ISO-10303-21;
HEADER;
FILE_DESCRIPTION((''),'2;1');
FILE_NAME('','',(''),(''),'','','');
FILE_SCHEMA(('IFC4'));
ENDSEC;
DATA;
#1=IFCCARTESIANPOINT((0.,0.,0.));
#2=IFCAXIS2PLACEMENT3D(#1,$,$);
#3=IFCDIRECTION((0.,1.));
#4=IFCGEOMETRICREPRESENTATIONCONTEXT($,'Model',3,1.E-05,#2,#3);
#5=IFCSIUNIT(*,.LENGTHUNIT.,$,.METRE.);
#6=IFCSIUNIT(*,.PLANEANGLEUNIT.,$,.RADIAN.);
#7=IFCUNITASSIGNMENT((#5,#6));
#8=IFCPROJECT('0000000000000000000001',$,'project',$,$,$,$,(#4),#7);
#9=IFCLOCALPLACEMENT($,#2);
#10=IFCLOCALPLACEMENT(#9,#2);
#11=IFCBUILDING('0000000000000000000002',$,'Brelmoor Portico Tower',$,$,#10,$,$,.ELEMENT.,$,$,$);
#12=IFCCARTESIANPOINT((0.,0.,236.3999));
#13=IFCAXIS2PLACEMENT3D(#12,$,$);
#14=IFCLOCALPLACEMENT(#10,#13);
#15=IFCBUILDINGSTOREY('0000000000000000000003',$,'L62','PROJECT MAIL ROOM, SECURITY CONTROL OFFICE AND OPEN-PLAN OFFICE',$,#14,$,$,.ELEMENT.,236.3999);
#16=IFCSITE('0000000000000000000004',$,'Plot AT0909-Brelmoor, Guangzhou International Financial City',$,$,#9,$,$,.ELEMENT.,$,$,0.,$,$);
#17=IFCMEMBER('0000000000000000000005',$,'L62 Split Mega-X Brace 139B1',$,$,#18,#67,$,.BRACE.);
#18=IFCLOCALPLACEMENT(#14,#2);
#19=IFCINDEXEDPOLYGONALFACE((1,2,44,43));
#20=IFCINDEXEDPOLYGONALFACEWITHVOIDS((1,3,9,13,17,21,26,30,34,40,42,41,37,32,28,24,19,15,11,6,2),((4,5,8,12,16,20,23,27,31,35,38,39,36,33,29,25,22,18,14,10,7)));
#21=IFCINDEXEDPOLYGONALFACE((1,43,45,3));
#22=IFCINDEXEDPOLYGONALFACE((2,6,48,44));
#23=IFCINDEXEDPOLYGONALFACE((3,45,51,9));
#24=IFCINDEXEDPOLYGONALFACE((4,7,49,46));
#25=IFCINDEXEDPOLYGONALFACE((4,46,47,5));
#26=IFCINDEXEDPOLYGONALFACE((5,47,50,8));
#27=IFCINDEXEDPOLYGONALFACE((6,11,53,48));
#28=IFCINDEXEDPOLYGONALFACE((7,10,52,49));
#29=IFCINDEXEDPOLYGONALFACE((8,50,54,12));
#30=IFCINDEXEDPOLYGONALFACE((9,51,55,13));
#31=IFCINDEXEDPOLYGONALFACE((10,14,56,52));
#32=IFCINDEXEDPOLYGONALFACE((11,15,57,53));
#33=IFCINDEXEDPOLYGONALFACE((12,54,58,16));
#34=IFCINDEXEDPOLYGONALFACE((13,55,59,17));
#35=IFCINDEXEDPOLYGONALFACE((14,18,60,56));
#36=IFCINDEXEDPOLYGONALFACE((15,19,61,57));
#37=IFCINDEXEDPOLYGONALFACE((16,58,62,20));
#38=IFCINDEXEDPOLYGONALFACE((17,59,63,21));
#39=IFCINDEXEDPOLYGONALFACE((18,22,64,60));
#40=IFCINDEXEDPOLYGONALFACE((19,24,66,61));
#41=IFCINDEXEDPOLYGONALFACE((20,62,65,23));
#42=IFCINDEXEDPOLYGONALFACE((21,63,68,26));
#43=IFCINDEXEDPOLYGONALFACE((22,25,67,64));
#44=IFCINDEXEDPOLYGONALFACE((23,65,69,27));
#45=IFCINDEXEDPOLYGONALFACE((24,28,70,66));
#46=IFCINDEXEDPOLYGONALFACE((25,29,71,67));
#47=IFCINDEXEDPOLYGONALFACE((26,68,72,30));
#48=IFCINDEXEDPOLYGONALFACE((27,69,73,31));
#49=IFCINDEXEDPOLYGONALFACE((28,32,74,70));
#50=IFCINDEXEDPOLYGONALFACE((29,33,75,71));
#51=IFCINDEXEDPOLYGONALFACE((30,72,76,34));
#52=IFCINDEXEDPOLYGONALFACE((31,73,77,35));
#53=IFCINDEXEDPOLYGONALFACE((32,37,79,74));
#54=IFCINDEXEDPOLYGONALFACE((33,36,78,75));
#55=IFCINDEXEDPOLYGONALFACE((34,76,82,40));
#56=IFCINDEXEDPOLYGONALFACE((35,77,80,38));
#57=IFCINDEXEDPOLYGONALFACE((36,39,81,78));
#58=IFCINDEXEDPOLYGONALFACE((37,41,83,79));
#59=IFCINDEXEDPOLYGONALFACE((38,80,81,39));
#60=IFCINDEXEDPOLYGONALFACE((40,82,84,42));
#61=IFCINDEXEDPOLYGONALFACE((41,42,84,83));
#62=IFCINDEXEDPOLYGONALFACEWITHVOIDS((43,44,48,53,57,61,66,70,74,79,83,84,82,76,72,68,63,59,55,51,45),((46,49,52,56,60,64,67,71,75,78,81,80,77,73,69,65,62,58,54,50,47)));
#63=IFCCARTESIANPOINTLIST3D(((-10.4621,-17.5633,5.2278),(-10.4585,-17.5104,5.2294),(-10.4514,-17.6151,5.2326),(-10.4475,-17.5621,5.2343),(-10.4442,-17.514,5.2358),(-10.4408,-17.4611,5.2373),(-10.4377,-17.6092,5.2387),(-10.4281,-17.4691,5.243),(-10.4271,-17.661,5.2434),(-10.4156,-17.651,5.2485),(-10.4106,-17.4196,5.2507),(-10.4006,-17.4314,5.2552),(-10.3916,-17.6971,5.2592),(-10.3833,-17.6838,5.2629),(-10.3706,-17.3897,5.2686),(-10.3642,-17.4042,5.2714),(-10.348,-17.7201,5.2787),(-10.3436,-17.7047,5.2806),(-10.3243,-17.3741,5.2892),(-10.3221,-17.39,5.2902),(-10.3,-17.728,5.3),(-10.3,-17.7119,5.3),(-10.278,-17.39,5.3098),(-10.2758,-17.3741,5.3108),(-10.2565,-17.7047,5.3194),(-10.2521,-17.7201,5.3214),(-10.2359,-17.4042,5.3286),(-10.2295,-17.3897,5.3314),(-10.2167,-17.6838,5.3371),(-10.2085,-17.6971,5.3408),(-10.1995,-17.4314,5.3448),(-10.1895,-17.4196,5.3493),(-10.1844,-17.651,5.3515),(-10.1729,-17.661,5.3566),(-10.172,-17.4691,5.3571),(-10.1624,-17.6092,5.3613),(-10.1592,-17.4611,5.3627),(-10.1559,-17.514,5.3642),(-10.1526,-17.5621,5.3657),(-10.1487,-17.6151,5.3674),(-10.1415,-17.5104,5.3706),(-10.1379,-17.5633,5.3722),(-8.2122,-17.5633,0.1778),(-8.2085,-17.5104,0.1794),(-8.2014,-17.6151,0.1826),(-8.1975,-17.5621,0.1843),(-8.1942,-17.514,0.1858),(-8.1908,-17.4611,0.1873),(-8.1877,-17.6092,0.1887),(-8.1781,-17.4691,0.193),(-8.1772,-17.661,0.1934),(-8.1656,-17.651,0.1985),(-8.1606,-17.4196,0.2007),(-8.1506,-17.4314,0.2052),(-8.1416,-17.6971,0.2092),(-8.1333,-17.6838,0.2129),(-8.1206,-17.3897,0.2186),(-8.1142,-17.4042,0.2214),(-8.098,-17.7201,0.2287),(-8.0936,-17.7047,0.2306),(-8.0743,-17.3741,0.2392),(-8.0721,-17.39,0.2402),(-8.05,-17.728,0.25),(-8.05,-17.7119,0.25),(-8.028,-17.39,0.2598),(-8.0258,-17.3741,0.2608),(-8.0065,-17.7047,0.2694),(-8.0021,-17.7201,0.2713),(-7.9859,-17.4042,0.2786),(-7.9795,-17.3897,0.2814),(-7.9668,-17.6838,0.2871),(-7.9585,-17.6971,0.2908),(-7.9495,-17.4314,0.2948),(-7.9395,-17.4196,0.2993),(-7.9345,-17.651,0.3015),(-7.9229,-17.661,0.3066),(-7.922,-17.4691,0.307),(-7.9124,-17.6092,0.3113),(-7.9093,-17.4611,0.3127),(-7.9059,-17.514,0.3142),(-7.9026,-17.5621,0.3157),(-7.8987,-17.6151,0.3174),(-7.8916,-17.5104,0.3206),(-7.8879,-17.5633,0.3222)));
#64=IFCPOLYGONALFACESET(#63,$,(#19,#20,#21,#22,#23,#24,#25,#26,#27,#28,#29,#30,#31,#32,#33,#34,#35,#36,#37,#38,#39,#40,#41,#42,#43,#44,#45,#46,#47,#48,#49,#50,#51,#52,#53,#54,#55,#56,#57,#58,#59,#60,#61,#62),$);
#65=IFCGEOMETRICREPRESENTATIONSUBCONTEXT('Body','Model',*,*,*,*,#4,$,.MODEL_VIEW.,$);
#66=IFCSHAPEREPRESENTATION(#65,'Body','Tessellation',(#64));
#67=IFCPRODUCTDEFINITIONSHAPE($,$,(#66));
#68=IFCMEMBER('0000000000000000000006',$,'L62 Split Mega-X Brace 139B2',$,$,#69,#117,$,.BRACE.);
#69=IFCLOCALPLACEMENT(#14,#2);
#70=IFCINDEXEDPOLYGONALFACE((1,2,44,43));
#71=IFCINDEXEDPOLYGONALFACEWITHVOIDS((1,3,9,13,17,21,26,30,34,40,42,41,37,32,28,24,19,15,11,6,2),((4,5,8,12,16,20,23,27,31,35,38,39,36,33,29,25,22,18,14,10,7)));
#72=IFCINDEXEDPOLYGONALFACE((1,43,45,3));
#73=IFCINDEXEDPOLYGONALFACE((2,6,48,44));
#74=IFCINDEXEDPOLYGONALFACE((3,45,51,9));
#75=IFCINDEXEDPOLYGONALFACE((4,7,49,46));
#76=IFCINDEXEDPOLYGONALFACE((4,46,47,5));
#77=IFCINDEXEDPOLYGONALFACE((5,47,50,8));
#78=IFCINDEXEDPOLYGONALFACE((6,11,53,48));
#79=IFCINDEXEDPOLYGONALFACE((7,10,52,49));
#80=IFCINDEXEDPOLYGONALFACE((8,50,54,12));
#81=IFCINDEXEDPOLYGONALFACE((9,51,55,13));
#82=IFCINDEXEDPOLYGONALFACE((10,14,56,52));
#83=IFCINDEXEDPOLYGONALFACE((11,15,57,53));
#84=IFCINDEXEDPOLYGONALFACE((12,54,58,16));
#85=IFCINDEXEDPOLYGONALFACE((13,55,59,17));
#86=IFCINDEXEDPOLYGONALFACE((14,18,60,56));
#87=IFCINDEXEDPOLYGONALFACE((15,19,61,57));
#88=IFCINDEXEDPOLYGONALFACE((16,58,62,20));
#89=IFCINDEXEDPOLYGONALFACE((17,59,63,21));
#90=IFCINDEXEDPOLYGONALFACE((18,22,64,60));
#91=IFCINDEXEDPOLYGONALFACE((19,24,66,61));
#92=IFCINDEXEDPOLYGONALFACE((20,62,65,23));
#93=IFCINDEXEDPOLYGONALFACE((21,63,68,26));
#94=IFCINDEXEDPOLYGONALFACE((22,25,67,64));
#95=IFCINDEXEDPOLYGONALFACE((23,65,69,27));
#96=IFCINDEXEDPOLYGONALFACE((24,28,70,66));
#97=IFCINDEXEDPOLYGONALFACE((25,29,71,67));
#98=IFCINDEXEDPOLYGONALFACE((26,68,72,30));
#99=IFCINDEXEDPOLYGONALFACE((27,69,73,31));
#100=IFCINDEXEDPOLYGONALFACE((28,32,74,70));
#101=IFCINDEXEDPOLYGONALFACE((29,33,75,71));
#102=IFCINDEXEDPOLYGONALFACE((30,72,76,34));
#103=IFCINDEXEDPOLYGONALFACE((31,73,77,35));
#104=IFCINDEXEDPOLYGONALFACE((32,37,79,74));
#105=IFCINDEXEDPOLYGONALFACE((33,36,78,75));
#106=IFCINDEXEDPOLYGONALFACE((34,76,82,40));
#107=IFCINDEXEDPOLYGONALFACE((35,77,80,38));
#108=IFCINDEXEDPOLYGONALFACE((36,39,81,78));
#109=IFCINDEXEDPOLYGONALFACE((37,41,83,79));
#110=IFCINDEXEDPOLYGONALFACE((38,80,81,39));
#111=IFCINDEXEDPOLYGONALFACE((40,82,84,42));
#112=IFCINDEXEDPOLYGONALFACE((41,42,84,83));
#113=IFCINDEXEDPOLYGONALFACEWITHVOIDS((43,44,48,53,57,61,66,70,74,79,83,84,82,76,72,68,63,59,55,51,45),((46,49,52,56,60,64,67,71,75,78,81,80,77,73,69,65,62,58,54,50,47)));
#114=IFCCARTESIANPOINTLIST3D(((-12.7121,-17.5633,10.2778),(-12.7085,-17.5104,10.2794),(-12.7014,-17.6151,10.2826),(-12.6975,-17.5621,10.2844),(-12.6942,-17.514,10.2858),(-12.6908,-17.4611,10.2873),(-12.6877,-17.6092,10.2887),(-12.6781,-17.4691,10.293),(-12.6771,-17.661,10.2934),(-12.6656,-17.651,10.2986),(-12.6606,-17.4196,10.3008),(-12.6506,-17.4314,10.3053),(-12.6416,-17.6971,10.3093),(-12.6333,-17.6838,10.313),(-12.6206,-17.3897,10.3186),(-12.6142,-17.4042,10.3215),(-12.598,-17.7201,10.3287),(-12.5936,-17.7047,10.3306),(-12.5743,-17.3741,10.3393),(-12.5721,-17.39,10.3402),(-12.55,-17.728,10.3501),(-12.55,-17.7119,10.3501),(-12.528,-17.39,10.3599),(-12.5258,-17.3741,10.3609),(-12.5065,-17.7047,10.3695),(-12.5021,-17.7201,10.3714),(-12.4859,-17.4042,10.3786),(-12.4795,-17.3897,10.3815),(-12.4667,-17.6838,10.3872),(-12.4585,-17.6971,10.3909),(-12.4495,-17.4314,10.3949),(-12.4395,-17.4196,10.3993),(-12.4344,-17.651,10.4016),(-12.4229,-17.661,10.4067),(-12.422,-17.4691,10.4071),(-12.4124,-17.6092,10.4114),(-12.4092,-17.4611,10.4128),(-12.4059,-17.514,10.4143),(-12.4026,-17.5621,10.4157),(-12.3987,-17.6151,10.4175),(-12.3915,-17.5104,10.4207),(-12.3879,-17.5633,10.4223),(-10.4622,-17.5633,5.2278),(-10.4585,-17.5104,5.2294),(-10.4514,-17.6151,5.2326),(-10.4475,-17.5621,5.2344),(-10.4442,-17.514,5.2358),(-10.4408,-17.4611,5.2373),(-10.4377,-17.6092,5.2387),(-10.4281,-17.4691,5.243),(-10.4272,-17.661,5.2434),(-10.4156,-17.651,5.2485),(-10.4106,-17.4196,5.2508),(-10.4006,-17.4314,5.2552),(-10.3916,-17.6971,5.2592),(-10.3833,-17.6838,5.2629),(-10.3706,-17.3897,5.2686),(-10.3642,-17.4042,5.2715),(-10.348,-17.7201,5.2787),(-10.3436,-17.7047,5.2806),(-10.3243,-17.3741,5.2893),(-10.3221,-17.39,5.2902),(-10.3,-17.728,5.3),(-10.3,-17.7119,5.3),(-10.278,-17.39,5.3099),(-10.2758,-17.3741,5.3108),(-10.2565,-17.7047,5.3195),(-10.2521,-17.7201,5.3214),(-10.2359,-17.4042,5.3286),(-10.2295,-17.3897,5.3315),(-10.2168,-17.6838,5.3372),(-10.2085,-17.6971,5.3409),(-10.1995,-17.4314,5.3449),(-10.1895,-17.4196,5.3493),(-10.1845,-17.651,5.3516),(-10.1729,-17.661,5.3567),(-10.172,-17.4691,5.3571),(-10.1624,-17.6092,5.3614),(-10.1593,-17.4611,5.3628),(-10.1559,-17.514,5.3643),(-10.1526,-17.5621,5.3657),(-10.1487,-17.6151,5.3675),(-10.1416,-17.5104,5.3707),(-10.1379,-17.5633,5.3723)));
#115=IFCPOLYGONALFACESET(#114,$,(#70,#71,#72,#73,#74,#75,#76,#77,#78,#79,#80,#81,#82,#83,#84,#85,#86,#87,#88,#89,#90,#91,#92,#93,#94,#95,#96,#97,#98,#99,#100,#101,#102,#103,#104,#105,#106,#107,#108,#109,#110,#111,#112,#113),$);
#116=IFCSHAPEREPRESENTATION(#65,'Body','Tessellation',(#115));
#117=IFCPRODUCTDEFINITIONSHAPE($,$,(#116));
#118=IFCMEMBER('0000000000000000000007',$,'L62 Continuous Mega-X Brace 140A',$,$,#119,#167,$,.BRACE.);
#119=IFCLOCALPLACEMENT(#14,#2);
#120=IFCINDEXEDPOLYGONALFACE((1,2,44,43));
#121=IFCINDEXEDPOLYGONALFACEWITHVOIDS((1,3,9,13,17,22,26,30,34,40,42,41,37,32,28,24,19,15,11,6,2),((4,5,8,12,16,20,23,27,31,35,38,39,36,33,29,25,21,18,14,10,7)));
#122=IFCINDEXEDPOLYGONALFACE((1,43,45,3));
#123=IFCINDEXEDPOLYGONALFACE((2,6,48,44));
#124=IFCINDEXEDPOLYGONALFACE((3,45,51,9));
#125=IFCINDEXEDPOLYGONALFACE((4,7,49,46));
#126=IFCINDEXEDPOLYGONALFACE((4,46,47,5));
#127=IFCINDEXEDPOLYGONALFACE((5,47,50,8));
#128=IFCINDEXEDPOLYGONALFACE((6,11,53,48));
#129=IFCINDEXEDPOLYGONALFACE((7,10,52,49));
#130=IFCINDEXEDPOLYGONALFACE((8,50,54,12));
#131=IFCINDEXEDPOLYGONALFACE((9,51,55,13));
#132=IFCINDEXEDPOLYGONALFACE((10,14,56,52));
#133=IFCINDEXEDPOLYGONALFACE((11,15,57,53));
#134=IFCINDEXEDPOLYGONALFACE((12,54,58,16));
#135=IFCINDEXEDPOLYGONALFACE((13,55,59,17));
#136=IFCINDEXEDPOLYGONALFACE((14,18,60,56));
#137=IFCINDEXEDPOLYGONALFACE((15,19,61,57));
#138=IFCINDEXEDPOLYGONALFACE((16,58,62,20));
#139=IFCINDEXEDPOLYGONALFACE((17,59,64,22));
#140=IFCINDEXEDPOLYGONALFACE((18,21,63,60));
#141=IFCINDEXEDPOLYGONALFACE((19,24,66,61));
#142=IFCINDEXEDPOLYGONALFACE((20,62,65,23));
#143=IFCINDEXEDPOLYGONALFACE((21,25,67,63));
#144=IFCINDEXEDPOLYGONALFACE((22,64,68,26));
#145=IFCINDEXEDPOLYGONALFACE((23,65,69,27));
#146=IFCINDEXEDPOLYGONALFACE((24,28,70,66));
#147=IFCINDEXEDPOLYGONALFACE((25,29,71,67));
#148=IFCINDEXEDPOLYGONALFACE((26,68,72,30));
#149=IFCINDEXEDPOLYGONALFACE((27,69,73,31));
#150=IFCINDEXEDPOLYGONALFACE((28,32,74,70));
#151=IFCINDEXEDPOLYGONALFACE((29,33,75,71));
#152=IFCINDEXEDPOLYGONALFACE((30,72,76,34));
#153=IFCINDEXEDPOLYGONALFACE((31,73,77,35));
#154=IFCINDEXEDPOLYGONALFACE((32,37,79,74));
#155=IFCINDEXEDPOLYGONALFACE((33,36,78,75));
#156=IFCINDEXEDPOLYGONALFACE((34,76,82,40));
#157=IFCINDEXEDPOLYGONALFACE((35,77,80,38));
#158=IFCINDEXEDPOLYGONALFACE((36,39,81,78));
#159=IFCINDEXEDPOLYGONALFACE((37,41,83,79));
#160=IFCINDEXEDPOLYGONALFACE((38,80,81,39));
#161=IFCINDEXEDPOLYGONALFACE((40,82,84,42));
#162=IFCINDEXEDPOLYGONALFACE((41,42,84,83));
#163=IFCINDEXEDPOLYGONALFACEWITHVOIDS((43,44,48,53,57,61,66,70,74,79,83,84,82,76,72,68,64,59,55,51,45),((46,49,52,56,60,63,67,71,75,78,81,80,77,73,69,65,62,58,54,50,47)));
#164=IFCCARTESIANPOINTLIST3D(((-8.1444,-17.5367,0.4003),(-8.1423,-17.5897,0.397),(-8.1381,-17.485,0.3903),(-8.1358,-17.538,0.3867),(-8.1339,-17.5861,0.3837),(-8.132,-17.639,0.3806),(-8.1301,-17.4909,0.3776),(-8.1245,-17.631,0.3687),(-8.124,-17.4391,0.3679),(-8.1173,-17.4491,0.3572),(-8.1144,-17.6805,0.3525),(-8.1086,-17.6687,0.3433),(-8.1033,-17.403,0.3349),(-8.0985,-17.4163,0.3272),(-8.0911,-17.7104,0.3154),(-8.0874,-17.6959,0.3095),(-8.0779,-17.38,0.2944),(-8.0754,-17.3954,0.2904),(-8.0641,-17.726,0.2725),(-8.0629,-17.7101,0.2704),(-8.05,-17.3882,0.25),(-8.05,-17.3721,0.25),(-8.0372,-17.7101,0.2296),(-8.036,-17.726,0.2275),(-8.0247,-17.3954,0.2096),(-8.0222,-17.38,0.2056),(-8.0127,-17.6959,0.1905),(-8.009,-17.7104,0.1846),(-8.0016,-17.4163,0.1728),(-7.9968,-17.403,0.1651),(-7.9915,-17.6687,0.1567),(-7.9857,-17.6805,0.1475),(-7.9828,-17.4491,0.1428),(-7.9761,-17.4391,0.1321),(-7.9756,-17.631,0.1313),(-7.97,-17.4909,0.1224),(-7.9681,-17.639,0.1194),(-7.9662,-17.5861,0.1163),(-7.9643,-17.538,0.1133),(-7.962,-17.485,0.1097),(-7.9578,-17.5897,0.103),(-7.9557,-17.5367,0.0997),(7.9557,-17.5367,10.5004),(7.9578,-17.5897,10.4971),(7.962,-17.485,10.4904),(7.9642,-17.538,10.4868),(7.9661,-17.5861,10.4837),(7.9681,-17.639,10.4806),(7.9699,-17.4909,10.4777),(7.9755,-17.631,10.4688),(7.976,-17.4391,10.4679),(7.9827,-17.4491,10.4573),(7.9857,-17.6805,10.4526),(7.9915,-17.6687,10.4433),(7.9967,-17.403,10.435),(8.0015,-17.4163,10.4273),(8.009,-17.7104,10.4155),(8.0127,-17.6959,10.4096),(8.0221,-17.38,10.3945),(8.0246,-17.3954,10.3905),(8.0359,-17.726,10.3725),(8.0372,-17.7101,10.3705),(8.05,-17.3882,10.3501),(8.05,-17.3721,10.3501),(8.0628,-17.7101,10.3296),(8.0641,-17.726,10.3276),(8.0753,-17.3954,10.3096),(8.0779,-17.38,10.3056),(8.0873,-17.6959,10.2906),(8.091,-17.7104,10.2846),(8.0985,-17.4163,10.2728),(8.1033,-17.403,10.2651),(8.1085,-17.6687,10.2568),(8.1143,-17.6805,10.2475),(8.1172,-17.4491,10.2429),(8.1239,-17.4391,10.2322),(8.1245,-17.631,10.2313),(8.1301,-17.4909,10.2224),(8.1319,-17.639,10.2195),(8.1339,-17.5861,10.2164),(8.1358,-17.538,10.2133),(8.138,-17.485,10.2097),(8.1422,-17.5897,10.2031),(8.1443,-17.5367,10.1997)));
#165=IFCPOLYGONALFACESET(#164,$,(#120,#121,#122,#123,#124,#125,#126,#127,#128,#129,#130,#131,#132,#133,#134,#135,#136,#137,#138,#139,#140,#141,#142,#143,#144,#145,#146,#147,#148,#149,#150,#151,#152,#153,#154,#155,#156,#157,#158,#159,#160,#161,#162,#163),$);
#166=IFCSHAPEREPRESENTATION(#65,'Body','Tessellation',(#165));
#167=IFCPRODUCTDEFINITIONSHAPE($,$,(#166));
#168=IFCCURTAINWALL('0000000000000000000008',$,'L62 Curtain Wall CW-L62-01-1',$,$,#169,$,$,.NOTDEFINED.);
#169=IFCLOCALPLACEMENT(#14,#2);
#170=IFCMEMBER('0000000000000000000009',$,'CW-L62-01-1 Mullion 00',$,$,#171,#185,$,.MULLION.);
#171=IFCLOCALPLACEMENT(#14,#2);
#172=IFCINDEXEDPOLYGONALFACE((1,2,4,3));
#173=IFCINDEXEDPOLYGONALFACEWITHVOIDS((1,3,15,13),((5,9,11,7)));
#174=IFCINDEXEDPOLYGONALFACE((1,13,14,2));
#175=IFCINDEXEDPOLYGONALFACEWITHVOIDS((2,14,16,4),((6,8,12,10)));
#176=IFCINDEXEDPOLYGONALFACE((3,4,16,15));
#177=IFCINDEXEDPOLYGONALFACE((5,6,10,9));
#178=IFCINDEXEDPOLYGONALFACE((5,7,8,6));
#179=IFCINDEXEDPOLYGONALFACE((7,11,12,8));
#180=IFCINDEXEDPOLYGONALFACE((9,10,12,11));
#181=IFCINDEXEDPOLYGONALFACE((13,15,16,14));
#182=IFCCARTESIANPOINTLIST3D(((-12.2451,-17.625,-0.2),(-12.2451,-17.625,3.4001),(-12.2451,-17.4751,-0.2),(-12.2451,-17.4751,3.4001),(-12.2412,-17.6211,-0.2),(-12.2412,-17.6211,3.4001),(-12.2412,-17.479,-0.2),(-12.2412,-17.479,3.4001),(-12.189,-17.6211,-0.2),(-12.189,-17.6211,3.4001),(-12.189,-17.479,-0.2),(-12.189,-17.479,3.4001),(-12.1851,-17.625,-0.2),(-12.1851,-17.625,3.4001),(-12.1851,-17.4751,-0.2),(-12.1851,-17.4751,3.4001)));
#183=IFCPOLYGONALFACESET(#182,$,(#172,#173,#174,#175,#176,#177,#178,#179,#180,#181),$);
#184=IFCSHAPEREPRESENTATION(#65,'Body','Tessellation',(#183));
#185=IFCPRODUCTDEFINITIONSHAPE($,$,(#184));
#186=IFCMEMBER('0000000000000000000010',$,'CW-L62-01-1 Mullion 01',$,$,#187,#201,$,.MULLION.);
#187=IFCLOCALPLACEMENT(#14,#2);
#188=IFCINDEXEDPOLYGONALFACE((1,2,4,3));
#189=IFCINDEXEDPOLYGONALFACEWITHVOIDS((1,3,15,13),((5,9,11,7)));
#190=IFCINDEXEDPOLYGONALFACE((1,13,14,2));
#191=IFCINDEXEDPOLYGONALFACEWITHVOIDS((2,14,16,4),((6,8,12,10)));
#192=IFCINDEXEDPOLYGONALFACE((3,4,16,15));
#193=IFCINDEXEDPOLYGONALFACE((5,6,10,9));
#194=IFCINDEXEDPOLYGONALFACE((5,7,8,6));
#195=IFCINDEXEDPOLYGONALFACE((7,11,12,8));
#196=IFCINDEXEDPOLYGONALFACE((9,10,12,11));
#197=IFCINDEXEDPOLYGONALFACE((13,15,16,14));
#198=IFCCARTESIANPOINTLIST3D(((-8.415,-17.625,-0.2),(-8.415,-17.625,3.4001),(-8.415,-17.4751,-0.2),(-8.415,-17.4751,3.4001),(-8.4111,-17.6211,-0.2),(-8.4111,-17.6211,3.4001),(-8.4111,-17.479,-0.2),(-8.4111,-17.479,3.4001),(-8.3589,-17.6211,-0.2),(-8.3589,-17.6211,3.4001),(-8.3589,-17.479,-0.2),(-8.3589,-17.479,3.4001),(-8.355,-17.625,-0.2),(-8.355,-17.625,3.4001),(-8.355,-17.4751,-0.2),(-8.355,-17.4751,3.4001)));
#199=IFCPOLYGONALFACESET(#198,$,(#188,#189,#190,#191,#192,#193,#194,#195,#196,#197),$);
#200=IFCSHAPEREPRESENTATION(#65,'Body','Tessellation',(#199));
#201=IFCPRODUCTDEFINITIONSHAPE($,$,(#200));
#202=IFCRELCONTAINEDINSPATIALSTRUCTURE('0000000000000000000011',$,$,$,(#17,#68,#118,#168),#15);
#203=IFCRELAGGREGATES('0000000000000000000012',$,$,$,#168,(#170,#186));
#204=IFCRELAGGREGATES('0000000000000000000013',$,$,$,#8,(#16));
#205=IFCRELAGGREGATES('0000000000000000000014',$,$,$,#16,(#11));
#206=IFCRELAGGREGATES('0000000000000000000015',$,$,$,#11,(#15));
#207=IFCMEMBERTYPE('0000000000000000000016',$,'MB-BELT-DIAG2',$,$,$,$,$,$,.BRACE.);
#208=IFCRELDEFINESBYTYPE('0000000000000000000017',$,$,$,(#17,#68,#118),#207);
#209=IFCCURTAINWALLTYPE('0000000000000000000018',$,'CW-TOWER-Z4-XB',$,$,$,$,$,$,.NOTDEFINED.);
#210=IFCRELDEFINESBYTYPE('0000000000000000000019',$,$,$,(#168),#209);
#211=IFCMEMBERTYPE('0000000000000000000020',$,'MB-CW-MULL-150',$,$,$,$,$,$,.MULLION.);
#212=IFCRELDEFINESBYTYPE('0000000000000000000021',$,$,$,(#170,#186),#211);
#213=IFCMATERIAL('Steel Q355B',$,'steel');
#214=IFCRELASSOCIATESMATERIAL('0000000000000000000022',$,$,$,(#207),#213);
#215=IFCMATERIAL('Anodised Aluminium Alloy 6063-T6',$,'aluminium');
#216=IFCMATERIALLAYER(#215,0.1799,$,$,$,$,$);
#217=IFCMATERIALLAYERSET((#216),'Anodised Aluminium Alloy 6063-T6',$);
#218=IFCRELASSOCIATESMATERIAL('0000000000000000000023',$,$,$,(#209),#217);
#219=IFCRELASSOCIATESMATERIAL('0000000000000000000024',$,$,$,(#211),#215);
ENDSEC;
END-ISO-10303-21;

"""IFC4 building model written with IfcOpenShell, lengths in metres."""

from ifc_helpers import new_model, si_unit, direction, frame, origin, origin_2d, place, context, subcontext, project, spatial, hollow_rectangle, hollow_circle, extrude, material, layer, layer_set, material_profile, profile_set, type_object, element, aggregate, save


model = new_model("IFC4")

# Units and contexts
model_context = context("Model", 3, precision=1e-05, world=origin(), true_north=direction((0.0, 1.0)))
body_context = subcontext(model_context, "Body", "Model", "MODEL_VIEW")
ifc_project = project(units=[si_unit("LENGTHUNIT", "METRE"), si_unit("PLANEANGLEUNIT", "RADIAN")], contexts=[model_context])

# Site, building, storey
site_placement = place(None, origin())
site = spatial("IfcSite", under=ifc_project, at=site_placement, Name="Plot AT0909-Brelmoor, Guangzhou International Financial City", CompositionType="ELEMENT", RefElevation=0.0)
building_placement = place(site_placement, origin())
building = spatial("IfcBuilding", under=site, at=building_placement, Name="Brelmoor Portico Tower", CompositionType="ELEMENT")
storey_placement = place(building_placement, frame((0.0, 0.0, 236.3999)))
storey = spatial("IfcBuildingStorey", under=building, at=storey_placement, Name="L62", Description="PROJECT MAIL ROOM, SECURITY CONTROL OFFICE AND OPEN-PLAN OFFICE", CompositionType="ELEMENT", Elevation=236.3999)

# Shared definitions
ifc_material_1 = material(Name="Steel Q355B", Category="steel")

# Members
ifc_material_profile_1 = material_profile(ifc_material_1, hollow_circle(Radius=0.178, WallThickness=0.0161, at=origin_2d()), Name="CHS 356x16")
ifc_profile_set_1 = profile_set([ifc_material_profile_1], Name="Steel Q355B")
member_type_1 = type_object("IfcMemberType", Name="MB-BELT-DIAG2", PredefinedType="BRACE", material=ifc_profile_set_1)
for number, where, z_axis, x_axis, name in (
    (1, (-8.05, -17.55, 0.25), (-0.406974, 0.0, 0.91344), (0.0, -1.0, 0.0), "L62 Split Mega-X Brace 139B1"),
    (2, (-10.3, -17.55, 5.3), (-0.406974, 0.0, 0.91344), (0.0, -1.0, 0.0), "L62 Split Mega-X Brace 139B2"),
):
    element("IfcMember", number, at=place(storey_placement, frame(where, z_axis=z_axis, x_axis=x_axis)), inside=storey, type_object=member_type_1, Name=name, PredefinedType="BRACE", context=body_context, shape_type="SweptSolid", body=[
        extrude(hollow_circle(Radius=0.178, WallThickness=0.0161, at=origin_2d()), origin(), (0.0, 0.0, 1.0), 5.5286),
    ])
member_1_placement = place(storey_placement, frame((-8.05, -17.55, 0.25), z_axis=(0.847109, 0.0, 0.531418), x_axis=(0.0, 1.0, 0.0)))
element("IfcMember", 3, at=member_1_placement, inside=storey, type_object=member_type_1, Name="L62 Continuous Mega-X Brace 140A", PredefinedType="BRACE", context=body_context, shape_type="SweptSolid", body=[
    extrude(hollow_circle(Radius=0.178, WallThickness=0.0161, at=origin_2d()), origin(), (0.0, 0.0, 1.0), 19.0059),
])

# Curtain wall, members
ifc_material_2 = material(Name="Anodised Aluminium Alloy 6063-T6", Category="aluminium")
ifc_layer_1 = layer(ifc_material_2, 0.1799)
ifc_layer_set_1 = layer_set([ifc_layer_1], Name="Anodised Aluminium Alloy 6063-T6")
curtain_wall_type_1 = type_object("IfcCurtainWallType", Name="CW-TOWER-Z4-XB", PredefinedType="NOTDEFINED", material=ifc_layer_set_1)
curtain_wall_1_placement = place(storey_placement, origin())
curtain_wall_1 = element("IfcCurtainWall", 4, at=curtain_wall_1_placement, inside=storey, type_object=curtain_wall_type_1, Name="L62 Curtain Wall CW-L62-01-1", PredefinedType="NOTDEFINED")
ifc_material_profile_2 = material_profile(ifc_material_2, hollow_rectangle(XDim=0.0601, YDim=0.1499, WallThickness=0.0039, at=origin_2d()), Name="ALU MULLION 60x150")
ifc_profile_set_2 = profile_set([ifc_material_profile_2], Name="Anodised Aluminium Alloy 6063-T6")
member_type_2 = type_object("IfcMemberType", Name="MB-CW-MULL-150", PredefinedType="MULLION", material=ifc_profile_set_2)
member_2_placement = place(storey_placement, frame((-12.2151, -17.55, -0.2), z_axis=(0.0, 0.0, 1.0), x_axis=(1.0, 0.0, 0.0)))
member_2 = element("IfcMember", 5, at=member_2_placement, type_object=member_type_2, Name="CW-L62-01-1 Mullion 00", PredefinedType="MULLION", context=body_context, shape_type="SweptSolid", body=[
    extrude(hollow_rectangle(XDim=0.0601, YDim=0.1499, WallThickness=0.0039, at=origin_2d()), origin(), (0.0, 0.0, 1.0), 3.6001),
])
member_3_placement = place(storey_placement, frame((-8.385, -17.55, -0.2), z_axis=(0.0, 0.0, 1.0), x_axis=(1.0, 0.0, 0.0)))
member_3 = element("IfcMember", 6, at=member_3_placement, type_object=member_type_2, Name="CW-L62-01-1 Mullion 01", PredefinedType="MULLION", context=body_context, shape_type="SweptSolid", body=[
    extrude(hollow_rectangle(XDim=0.0601, YDim=0.1499, WallThickness=0.0039, at=origin_2d()), origin(), (0.0, 0.0, 1.0), 3.6001),
])

aggregate(curtain_wall_1, [member_2, member_3])

save(model, "model.ifc")
